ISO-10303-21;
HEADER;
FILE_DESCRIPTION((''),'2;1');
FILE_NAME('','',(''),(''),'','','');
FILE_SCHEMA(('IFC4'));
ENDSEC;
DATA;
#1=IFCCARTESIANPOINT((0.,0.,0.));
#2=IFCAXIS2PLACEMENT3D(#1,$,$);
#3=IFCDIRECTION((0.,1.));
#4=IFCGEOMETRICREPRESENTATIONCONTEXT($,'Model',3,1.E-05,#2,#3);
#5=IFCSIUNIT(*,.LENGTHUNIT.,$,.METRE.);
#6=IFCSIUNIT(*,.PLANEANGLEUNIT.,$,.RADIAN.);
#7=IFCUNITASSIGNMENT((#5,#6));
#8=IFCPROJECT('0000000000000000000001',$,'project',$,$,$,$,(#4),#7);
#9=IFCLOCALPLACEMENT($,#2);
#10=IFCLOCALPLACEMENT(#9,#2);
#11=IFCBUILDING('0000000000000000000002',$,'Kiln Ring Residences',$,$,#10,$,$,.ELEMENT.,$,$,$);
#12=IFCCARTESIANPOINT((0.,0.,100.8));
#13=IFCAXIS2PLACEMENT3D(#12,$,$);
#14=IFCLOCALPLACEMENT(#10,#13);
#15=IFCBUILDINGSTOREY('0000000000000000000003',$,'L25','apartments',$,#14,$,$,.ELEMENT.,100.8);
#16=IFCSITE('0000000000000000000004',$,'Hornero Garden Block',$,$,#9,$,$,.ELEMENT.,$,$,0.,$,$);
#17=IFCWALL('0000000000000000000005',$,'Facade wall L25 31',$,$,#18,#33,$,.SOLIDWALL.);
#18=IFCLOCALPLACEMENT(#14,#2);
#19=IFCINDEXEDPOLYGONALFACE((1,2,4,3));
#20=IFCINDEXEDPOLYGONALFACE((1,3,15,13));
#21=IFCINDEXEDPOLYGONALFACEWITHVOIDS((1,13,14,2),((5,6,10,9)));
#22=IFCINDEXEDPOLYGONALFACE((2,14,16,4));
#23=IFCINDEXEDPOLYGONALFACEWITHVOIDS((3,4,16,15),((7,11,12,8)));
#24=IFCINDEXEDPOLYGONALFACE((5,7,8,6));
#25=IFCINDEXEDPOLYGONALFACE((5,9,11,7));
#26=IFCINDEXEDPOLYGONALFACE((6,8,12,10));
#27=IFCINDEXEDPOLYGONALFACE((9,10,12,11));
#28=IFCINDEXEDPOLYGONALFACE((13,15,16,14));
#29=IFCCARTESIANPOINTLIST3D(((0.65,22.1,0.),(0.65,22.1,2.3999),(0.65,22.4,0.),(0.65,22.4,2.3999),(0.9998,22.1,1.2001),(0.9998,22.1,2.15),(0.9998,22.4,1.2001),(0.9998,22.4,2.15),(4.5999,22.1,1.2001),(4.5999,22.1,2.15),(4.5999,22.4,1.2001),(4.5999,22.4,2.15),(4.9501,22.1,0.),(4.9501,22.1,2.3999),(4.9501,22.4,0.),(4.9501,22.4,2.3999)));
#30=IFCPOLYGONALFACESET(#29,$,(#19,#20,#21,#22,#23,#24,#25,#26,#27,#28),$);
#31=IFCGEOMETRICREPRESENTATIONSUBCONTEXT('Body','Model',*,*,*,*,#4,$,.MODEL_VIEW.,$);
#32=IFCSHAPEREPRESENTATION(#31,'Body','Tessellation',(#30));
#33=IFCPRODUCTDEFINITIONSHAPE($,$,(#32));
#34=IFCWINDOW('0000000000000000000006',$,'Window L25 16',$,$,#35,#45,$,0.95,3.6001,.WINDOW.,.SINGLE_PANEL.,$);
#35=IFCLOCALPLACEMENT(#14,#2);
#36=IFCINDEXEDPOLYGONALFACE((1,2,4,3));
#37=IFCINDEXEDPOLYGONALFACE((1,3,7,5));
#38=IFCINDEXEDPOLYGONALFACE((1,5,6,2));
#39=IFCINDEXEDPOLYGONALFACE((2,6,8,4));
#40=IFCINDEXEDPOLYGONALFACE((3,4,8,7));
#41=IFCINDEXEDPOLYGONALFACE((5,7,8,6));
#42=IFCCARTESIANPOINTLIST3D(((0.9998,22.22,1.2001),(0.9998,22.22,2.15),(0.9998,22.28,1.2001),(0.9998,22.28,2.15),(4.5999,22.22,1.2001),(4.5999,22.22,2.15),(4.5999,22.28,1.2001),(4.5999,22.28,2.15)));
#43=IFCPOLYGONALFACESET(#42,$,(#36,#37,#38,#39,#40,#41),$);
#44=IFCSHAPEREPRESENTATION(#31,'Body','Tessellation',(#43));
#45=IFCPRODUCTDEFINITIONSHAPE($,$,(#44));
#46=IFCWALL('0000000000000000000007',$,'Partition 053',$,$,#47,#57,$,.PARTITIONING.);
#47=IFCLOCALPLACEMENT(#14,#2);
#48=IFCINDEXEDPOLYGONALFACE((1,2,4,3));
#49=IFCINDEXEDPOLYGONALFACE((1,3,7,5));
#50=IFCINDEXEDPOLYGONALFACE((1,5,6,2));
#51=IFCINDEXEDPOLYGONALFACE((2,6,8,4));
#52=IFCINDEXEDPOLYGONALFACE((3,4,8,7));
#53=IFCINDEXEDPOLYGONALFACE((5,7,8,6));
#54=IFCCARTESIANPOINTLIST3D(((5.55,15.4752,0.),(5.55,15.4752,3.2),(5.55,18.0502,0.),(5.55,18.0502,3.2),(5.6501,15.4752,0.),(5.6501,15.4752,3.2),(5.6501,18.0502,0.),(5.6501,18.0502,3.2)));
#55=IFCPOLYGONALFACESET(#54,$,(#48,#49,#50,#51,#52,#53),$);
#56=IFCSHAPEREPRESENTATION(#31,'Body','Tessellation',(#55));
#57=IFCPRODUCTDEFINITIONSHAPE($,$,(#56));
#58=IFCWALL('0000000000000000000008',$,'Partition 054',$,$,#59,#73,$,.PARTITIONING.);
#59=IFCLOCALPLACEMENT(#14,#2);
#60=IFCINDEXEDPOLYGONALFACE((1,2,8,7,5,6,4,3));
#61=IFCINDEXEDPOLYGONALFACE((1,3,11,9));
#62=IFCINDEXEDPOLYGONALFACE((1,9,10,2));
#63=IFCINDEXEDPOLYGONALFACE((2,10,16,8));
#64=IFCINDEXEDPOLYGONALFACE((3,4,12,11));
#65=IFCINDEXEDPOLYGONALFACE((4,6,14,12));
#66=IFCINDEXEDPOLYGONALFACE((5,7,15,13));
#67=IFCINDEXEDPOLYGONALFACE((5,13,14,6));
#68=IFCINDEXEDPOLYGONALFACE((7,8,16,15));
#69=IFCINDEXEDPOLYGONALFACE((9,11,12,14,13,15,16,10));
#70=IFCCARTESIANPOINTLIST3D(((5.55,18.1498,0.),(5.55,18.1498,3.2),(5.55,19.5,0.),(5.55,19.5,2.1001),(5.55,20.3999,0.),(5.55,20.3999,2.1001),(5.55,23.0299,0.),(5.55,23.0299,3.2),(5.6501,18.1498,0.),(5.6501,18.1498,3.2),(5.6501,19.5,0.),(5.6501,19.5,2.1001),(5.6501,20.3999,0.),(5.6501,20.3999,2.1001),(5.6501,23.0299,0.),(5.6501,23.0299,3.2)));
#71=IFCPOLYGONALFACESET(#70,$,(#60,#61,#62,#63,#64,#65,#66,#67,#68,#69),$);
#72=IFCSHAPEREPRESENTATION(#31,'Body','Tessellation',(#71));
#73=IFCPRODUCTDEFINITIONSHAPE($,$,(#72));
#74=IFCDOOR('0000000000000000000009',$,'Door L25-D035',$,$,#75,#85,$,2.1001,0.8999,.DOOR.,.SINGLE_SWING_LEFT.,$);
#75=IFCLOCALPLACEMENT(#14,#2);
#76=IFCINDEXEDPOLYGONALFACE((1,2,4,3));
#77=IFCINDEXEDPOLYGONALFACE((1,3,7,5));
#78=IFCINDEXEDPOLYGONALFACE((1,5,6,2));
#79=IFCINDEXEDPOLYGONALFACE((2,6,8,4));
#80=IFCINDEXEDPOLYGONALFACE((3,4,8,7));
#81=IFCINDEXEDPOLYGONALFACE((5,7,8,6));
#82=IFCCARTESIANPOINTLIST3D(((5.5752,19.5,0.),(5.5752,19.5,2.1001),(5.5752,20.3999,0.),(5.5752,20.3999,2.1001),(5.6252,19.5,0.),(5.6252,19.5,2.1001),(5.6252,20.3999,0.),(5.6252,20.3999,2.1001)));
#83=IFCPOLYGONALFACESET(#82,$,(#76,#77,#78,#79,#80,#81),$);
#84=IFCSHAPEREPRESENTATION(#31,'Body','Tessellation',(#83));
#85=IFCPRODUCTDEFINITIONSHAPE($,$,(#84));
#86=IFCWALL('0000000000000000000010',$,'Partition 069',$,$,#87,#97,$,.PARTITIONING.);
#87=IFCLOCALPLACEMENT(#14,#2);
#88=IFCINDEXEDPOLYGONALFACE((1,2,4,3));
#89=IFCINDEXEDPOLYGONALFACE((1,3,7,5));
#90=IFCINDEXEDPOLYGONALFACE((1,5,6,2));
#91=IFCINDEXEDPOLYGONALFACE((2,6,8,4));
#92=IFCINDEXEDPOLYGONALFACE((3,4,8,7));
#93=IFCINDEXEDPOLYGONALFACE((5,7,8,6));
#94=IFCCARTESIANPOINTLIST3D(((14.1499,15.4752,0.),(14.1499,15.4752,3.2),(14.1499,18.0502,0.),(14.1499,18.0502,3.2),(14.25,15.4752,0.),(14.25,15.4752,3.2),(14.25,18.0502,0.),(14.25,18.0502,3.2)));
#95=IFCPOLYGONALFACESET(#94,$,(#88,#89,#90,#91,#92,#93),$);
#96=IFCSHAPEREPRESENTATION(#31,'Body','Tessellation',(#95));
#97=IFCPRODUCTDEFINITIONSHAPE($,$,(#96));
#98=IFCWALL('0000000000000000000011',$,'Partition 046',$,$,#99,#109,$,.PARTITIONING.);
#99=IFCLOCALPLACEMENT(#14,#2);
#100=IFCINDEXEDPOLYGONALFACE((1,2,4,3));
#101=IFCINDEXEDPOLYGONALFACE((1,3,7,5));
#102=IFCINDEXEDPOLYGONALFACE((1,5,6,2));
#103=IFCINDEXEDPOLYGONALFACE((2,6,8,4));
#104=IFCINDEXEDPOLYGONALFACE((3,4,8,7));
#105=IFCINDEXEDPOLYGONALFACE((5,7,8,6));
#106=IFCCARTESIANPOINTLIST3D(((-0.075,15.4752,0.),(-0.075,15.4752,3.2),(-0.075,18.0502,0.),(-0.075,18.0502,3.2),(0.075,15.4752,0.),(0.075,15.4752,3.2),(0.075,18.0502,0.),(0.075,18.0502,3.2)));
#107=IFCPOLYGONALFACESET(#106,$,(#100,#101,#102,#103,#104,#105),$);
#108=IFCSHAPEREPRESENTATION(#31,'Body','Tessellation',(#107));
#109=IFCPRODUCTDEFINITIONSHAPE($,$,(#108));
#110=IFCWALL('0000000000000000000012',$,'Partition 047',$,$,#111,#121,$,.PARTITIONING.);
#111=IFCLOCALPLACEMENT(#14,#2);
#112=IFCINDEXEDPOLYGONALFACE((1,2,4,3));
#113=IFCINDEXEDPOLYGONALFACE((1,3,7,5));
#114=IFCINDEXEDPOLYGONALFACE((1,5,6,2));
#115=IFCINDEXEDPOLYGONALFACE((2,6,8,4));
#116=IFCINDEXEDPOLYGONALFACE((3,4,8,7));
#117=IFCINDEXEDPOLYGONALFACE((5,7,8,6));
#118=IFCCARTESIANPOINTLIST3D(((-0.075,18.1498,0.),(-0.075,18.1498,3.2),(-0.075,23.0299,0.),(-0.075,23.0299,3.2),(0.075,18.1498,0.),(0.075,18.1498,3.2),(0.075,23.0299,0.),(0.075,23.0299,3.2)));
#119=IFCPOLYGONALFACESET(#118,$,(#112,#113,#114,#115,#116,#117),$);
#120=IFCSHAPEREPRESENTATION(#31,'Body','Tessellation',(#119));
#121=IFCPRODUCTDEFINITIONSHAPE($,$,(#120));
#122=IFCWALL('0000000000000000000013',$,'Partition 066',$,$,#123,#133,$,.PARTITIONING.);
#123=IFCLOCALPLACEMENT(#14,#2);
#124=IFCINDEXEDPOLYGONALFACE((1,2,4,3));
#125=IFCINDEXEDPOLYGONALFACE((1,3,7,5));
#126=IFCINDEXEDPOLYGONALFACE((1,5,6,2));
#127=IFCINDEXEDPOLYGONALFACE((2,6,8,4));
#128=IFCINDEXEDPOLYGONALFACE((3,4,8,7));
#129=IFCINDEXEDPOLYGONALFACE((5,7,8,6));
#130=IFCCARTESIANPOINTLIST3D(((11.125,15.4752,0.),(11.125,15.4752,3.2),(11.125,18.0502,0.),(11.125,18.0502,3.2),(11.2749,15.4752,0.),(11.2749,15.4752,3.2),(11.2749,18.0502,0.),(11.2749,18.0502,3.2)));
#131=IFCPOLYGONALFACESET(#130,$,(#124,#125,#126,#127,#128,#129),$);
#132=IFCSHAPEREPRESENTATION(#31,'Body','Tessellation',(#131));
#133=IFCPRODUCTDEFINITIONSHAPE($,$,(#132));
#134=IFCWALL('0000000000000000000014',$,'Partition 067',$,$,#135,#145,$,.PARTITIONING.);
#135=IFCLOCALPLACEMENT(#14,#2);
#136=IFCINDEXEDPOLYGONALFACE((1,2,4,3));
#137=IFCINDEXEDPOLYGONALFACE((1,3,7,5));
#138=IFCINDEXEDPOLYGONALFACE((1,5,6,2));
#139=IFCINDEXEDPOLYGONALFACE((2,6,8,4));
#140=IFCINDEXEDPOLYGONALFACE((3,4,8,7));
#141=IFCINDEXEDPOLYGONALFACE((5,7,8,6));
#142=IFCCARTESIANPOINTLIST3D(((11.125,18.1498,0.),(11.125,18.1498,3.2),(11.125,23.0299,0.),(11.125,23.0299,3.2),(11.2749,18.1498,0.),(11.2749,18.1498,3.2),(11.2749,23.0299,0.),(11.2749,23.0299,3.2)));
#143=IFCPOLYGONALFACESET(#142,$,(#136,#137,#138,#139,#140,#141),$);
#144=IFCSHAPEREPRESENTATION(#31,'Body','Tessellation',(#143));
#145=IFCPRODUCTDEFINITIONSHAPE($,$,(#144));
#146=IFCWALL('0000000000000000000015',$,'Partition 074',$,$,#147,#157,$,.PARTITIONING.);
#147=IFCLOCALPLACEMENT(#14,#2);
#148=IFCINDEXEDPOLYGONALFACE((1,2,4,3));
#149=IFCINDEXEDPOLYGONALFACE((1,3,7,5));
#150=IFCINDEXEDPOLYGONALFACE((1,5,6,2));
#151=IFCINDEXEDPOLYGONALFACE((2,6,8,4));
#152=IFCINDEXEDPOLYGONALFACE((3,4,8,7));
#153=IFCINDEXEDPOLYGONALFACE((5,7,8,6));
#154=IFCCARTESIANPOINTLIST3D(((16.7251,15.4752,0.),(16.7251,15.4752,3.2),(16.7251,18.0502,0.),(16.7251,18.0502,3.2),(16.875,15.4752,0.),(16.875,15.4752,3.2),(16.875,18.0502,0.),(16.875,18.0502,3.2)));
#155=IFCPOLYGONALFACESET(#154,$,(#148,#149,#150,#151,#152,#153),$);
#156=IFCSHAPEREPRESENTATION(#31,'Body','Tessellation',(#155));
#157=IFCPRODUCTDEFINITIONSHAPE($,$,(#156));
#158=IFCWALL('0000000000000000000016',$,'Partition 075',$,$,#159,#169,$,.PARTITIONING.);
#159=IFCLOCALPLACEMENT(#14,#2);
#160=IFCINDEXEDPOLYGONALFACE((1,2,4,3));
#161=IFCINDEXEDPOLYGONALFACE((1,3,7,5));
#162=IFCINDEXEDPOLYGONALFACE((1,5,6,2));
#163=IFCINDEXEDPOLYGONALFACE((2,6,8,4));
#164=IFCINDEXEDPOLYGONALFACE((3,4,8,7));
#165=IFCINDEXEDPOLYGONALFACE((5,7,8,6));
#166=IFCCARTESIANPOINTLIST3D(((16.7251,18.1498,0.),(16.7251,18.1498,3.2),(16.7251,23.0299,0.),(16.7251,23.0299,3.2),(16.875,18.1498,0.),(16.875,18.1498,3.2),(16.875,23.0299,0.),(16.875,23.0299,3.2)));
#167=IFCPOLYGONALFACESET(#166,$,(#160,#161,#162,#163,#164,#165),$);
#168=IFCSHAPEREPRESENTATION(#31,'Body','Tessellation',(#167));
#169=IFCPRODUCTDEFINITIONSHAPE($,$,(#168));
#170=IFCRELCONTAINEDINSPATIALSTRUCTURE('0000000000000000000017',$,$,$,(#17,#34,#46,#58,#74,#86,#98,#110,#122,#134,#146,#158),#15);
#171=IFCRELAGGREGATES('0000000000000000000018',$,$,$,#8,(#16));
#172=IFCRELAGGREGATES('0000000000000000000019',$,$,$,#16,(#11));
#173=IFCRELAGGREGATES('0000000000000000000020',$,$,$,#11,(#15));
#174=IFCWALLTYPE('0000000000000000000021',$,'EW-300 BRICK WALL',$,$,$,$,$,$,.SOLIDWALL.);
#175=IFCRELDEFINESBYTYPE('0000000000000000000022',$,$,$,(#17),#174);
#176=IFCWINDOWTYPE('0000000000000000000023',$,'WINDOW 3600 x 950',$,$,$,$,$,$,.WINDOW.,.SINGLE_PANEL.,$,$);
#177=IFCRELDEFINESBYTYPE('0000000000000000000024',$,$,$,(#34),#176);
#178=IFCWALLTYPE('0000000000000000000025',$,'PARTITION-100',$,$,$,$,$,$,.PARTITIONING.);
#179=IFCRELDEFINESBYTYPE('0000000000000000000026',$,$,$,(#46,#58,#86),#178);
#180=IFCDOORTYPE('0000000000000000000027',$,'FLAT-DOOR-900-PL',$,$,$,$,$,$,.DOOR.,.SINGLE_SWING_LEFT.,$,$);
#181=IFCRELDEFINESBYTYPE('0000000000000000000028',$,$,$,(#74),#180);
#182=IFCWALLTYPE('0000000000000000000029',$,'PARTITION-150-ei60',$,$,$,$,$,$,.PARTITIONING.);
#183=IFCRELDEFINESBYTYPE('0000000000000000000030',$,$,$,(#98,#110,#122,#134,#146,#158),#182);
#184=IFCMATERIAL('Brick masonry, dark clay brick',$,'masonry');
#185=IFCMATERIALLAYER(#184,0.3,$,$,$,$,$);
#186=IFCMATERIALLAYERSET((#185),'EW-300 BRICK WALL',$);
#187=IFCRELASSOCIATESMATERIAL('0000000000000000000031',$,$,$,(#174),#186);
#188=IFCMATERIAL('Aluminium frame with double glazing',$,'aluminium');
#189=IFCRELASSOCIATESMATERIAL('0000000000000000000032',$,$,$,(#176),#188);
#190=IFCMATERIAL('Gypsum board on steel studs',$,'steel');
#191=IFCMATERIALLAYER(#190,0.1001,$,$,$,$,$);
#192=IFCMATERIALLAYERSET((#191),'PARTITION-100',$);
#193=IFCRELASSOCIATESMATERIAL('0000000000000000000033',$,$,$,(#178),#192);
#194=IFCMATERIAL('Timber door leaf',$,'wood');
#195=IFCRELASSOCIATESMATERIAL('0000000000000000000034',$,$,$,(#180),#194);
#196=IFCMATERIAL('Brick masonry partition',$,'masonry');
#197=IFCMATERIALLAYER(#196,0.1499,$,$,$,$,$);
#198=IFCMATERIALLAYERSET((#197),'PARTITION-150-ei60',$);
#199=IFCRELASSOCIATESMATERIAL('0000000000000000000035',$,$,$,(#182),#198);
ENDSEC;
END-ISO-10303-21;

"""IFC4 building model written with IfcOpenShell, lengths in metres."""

from ifc_helpers import new_model, si_unit, direction, frame, frame_2d, origin, place, context, subcontext, project, spatial, rectangle, extrude, material, layer, layer_set, type_object, element, fill, save


model = new_model("IFC4")

# Units and contexts
model_context = context("Model", 3, precision=1e-05, world=origin(), true_north=direction((0.0, 1.0)))
body_context = subcontext(model_context, "Body", "Model", "MODEL_VIEW")
ifc_project = project(units=[si_unit("LENGTHUNIT", "METRE"), si_unit("PLANEANGLEUNIT", "RADIAN")], contexts=[model_context])

# Site, building, storey
site_placement = place(None, origin())
site = spatial("IfcSite", under=ifc_project, at=site_placement, Name="Hornero Garden Block", CompositionType="ELEMENT", RefElevation=0.0)
building_placement = place(site_placement, origin())
building = spatial("IfcBuilding", under=site, at=building_placement, Name="Kiln Ring Residences", CompositionType="ELEMENT")
storey_placement = place(building_placement, frame((0.0, 0.0, 100.8)))
storey = spatial("IfcBuildingStorey", under=building, at=storey_placement, Name="L25", Description="apartments", CompositionType="ELEMENT", Elevation=100.8)

# Wall, opening, window
ifc_material_1 = material(Name="Brick masonry, dark clay brick", Category="masonry")
ifc_layer_1 = layer(ifc_material_1, 0.3)
ifc_layer_set_1 = layer_set([ifc_layer_1], Name="EW-300 BRICK WALL")
wall_type_1 = type_object("IfcWallType", Name="EW-300 BRICK WALL", PredefinedType="SOLIDWALL", material=ifc_layer_set_1)
ifc_material_2 = material(Name="Aluminium frame with double glazing", Category="aluminium")
window_type = type_object("IfcWindowType", Name="WINDOW 3600 x 950", PartitioningType="SINGLE_PANEL", PredefinedType="WINDOW", material=ifc_material_2)
wall_1_placement = place(storey_placement, frame((4.95, 22.25, 0.0), z_axis=(0.0, 0.0, 1.0), x_axis=(-1.0, 0.0, 0.0)))
wall_1 = element("IfcWall", 1, at=wall_1_placement, inside=storey, type_object=wall_type_1, Name="Facade wall L25 31", PredefinedType="SOLIDWALL", context=body_context, shape_type="SweptSolid", body=[
    extrude(rectangle(XDim=4.3, YDim=0.3, at=frame_2d((2.1499, 0.0))), origin(), (0.0, 0.0, 1.0), 2.3999),
])
opening_1_placement = place(wall_1_placement, frame((0.3501, 0.0, 1.2)))
opening_1 = element("IfcOpeningElement", 2, at=opening_1_placement, cuts=wall_1, PredefinedType="OPENING", context=body_context, shape_type="SweptSolid", body=[
    extrude(rectangle(XDim=3.6001, YDim=0.95, at=frame_2d((1.8, 0.4751))), frame((0.0, 0.1599, 0.0), z_axis=(0.0, -1.0, 0.0), x_axis=(1.0, 0.0, 0.0)), (0.0, 0.0, 1.0), 0.3201),
])
window_1_placement = place(opening_1_placement, origin())
window_1 = element("IfcWindow", 3, at=window_1_placement, inside=storey, type_object=window_type, Name="Window L25 16", OverallHeight=0.95, OverallWidth=3.6001, PartitioningType="SINGLE_PANEL", PredefinedType="WINDOW", context=body_context, shape_type="SweptSolid", body=[
    extrude(rectangle(XDim=3.6001, YDim=0.95, at=frame_2d((1.8, 0.4751))), frame((0.0, 0.03, 0.0), z_axis=(0.0, -1.0, 0.0), x_axis=(1.0, 0.0, 0.0)), (0.0, 0.0, 1.0), 0.0601),
])
fill(opening_1, window_1)

# Wall
ifc_material_3 = material(Name="Gypsum board on steel studs", Category="steel")
ifc_layer_2 = layer(ifc_material_3, 0.1001)
ifc_layer_set_2 = layer_set([ifc_layer_2], Name="PARTITION-100")
wall_type_2 = type_object("IfcWallType", Name="PARTITION-100", PredefinedType="PARTITIONING", material=ifc_layer_set_2)
wall_2_placement = place(storey_placement, frame((5.6001, 15.4751, 0.0), z_axis=(0.0, 0.0, 1.0), x_axis=(0.0, 1.0, 0.0)))
element("IfcWall", 4, at=wall_2_placement, inside=storey, type_object=wall_type_2, Name="Partition 053", PredefinedType="PARTITIONING", context=body_context, shape_type="SweptSolid", body=[
    extrude(rectangle(XDim=2.575, YDim=0.1001, at=frame_2d((1.2876, 0.0))), origin(), (0.0, 0.0, 1.0), 3.2),
])

# Wall, opening, door
wall_3_placement = place(storey_placement, frame((5.6001, 18.1499, 0.0), z_axis=(0.0, 0.0, 1.0), x_axis=(0.0, 1.0, 0.0)))
wall_3 = element("IfcWall", 5, at=wall_3_placement, inside=storey, type_object=wall_type_2, Name="Partition 054", PredefinedType="PARTITIONING", context=body_context, shape_type="SweptSolid", body=[
    extrude(rectangle(XDim=4.8801, YDim=0.1001, at=frame_2d((2.4399, 0.0))), origin(), (0.0, 0.0, 1.0), 3.2),
])
opening_2_placement = place(wall_3_placement, frame((1.3501, 0.0, 0.0)))
opening_2 = element("IfcOpeningElement", 6, at=opening_2_placement, cuts=wall_3, PredefinedType="OPENING", context=body_context, shape_type="SweptSolid", body=[
    extrude(rectangle(XDim=0.8999, YDim=2.1001, at=frame_2d((0.45, 1.05))), frame((0.0, 0.0601, 0.0), z_axis=(0.0, -1.0, 0.0), x_axis=(1.0, 0.0, 0.0)), (0.0, 0.0, 1.0), 0.1201),
])
ifc_material_4 = material(Name="Timber door leaf", Category="wood")
door_type = type_object("IfcDoorType", Name="FLAT-DOOR-900-PL", OperationType="SINGLE_SWING_LEFT", PredefinedType="DOOR", material=ifc_material_4)
door_placement = place(opening_2_placement, origin())
door = element("IfcDoor", 7, at=door_placement, inside=storey, type_object=door_type, Name="Door L25-D035", OperationType="SINGLE_SWING_LEFT", OverallHeight=2.1001, OverallWidth=0.8999, PredefinedType="DOOR", context=body_context, shape_type="SweptSolid", body=[
    extrude(rectangle(XDim=0.8999, YDim=2.1001, at=frame_2d((0.45, 1.05))), frame((0.0, 0.0249, 0.0), z_axis=(0.0, -1.0, 0.0), x_axis=(1.0, 0.0, 0.0)), (0.0, 0.0, 1.0), 0.05),
])
fill(opening_2, door)

# Walls
wall_4_placement = place(storey_placement, frame((14.2, 15.4751, 0.0), z_axis=(0.0, 0.0, 1.0), x_axis=(0.0, 1.0, 0.0)))
element("IfcWall", 8, at=wall_4_placement, inside=storey, type_object=wall_type_2, Name="Partition 069", PredefinedType="PARTITIONING", context=body_context, shape_type="SweptSolid", body=[
    extrude(rectangle(XDim=2.575, YDim=0.1001, at=frame_2d((1.2876, 0.0))), origin(), (0.0, 0.0, 1.0), 3.2),
])
ifc_material_5 = material(Name="Brick masonry partition", Category="masonry")
ifc_layer_3 = layer(ifc_material_5, 0.1499)
ifc_layer_set_3 = layer_set([ifc_layer_3], Name="PARTITION-150-ei60")
wall_type_3 = type_object("IfcWallType", Name="PARTITION-150-ei60", PredefinedType="PARTITIONING", material=ifc_layer_set_3)
wall_5_placement = place(storey_placement, frame((0.0, 15.4751, 0.0), z_axis=(0.0, 0.0, 1.0), x_axis=(0.0, 1.0, 0.0)))
element("IfcWall", 9, at=wall_5_placement, inside=storey, type_object=wall_type_3, Name="Partition 046", PredefinedType="PARTITIONING", context=body_context, shape_type="SweptSolid", body=[
    extrude(rectangle(XDim=2.575, YDim=0.1499, at=frame_2d((1.2876, 0.0))), origin(), (0.0, 0.0, 1.0), 3.2),
])
wall_6_placement = place(storey_placement, frame((0.0, 18.1499, 0.0), z_axis=(0.0, 0.0, 1.0), x_axis=(0.0, 1.0, 0.0)))
element("IfcWall", 10, at=wall_6_placement, inside=storey, type_object=wall_type_3, Name="Partition 047", PredefinedType="PARTITIONING", context=body_context, shape_type="SweptSolid", body=[
    extrude(rectangle(XDim=4.8801, YDim=0.1499, at=frame_2d((2.4399, 0.0))), origin(), (0.0, 0.0, 1.0), 3.2),
])
wall_7_placement = place(storey_placement, frame((11.2, 15.4751, 0.0), z_axis=(0.0, 0.0, 1.0), x_axis=(0.0, 1.0, 0.0)))
element("IfcWall", 11, at=wall_7_placement, inside=storey, type_object=wall_type_3, Name="Partition 066", PredefinedType="PARTITIONING", context=body_context, shape_type="SweptSolid", body=[
    extrude(rectangle(XDim=2.575, YDim=0.1499, at=frame_2d((1.2876, 0.0))), origin(), (0.0, 0.0, 1.0), 3.2),
])
wall_8_placement = place(storey_placement, frame((11.2, 18.1499, 0.0), z_axis=(0.0, 0.0, 1.0), x_axis=(0.0, 1.0, 0.0)))
element("IfcWall", 12, at=wall_8_placement, inside=storey, type_object=wall_type_3, Name="Partition 067", PredefinedType="PARTITIONING", context=body_context, shape_type="SweptSolid", body=[
    extrude(rectangle(XDim=4.8801, YDim=0.1499, at=frame_2d((2.4399, 0.0))), origin(), (0.0, 0.0, 1.0), 3.2),
])
wall_9_placement = place(storey_placement, frame((16.8, 15.4751, 0.0), z_axis=(0.0, 0.0, 1.0), x_axis=(0.0, 1.0, 0.0)))
element("IfcWall", 13, at=wall_9_placement, inside=storey, type_object=wall_type_3, Name="Partition 074", PredefinedType="PARTITIONING", context=body_context, shape_type="SweptSolid", body=[
    extrude(rectangle(XDim=2.575, YDim=0.1499, at=frame_2d((1.2876, 0.0))), origin(), (0.0, 0.0, 1.0), 3.2),
])
wall_10_placement = place(storey_placement, frame((16.8, 18.1499, 0.0), z_axis=(0.0, 0.0, 1.0), x_axis=(0.0, 1.0, 0.0)))
element("IfcWall", 14, at=wall_10_placement, inside=storey, type_object=wall_type_3, Name="Partition 075", PredefinedType="PARTITIONING", context=body_context, shape_type="SweptSolid", body=[
    extrude(rectangle(XDim=4.8801, YDim=0.1499, at=frame_2d((2.4399, 0.0))), origin(), (0.0, 0.0, 1.0), 3.2),
])

save(model, "model.ifc")
